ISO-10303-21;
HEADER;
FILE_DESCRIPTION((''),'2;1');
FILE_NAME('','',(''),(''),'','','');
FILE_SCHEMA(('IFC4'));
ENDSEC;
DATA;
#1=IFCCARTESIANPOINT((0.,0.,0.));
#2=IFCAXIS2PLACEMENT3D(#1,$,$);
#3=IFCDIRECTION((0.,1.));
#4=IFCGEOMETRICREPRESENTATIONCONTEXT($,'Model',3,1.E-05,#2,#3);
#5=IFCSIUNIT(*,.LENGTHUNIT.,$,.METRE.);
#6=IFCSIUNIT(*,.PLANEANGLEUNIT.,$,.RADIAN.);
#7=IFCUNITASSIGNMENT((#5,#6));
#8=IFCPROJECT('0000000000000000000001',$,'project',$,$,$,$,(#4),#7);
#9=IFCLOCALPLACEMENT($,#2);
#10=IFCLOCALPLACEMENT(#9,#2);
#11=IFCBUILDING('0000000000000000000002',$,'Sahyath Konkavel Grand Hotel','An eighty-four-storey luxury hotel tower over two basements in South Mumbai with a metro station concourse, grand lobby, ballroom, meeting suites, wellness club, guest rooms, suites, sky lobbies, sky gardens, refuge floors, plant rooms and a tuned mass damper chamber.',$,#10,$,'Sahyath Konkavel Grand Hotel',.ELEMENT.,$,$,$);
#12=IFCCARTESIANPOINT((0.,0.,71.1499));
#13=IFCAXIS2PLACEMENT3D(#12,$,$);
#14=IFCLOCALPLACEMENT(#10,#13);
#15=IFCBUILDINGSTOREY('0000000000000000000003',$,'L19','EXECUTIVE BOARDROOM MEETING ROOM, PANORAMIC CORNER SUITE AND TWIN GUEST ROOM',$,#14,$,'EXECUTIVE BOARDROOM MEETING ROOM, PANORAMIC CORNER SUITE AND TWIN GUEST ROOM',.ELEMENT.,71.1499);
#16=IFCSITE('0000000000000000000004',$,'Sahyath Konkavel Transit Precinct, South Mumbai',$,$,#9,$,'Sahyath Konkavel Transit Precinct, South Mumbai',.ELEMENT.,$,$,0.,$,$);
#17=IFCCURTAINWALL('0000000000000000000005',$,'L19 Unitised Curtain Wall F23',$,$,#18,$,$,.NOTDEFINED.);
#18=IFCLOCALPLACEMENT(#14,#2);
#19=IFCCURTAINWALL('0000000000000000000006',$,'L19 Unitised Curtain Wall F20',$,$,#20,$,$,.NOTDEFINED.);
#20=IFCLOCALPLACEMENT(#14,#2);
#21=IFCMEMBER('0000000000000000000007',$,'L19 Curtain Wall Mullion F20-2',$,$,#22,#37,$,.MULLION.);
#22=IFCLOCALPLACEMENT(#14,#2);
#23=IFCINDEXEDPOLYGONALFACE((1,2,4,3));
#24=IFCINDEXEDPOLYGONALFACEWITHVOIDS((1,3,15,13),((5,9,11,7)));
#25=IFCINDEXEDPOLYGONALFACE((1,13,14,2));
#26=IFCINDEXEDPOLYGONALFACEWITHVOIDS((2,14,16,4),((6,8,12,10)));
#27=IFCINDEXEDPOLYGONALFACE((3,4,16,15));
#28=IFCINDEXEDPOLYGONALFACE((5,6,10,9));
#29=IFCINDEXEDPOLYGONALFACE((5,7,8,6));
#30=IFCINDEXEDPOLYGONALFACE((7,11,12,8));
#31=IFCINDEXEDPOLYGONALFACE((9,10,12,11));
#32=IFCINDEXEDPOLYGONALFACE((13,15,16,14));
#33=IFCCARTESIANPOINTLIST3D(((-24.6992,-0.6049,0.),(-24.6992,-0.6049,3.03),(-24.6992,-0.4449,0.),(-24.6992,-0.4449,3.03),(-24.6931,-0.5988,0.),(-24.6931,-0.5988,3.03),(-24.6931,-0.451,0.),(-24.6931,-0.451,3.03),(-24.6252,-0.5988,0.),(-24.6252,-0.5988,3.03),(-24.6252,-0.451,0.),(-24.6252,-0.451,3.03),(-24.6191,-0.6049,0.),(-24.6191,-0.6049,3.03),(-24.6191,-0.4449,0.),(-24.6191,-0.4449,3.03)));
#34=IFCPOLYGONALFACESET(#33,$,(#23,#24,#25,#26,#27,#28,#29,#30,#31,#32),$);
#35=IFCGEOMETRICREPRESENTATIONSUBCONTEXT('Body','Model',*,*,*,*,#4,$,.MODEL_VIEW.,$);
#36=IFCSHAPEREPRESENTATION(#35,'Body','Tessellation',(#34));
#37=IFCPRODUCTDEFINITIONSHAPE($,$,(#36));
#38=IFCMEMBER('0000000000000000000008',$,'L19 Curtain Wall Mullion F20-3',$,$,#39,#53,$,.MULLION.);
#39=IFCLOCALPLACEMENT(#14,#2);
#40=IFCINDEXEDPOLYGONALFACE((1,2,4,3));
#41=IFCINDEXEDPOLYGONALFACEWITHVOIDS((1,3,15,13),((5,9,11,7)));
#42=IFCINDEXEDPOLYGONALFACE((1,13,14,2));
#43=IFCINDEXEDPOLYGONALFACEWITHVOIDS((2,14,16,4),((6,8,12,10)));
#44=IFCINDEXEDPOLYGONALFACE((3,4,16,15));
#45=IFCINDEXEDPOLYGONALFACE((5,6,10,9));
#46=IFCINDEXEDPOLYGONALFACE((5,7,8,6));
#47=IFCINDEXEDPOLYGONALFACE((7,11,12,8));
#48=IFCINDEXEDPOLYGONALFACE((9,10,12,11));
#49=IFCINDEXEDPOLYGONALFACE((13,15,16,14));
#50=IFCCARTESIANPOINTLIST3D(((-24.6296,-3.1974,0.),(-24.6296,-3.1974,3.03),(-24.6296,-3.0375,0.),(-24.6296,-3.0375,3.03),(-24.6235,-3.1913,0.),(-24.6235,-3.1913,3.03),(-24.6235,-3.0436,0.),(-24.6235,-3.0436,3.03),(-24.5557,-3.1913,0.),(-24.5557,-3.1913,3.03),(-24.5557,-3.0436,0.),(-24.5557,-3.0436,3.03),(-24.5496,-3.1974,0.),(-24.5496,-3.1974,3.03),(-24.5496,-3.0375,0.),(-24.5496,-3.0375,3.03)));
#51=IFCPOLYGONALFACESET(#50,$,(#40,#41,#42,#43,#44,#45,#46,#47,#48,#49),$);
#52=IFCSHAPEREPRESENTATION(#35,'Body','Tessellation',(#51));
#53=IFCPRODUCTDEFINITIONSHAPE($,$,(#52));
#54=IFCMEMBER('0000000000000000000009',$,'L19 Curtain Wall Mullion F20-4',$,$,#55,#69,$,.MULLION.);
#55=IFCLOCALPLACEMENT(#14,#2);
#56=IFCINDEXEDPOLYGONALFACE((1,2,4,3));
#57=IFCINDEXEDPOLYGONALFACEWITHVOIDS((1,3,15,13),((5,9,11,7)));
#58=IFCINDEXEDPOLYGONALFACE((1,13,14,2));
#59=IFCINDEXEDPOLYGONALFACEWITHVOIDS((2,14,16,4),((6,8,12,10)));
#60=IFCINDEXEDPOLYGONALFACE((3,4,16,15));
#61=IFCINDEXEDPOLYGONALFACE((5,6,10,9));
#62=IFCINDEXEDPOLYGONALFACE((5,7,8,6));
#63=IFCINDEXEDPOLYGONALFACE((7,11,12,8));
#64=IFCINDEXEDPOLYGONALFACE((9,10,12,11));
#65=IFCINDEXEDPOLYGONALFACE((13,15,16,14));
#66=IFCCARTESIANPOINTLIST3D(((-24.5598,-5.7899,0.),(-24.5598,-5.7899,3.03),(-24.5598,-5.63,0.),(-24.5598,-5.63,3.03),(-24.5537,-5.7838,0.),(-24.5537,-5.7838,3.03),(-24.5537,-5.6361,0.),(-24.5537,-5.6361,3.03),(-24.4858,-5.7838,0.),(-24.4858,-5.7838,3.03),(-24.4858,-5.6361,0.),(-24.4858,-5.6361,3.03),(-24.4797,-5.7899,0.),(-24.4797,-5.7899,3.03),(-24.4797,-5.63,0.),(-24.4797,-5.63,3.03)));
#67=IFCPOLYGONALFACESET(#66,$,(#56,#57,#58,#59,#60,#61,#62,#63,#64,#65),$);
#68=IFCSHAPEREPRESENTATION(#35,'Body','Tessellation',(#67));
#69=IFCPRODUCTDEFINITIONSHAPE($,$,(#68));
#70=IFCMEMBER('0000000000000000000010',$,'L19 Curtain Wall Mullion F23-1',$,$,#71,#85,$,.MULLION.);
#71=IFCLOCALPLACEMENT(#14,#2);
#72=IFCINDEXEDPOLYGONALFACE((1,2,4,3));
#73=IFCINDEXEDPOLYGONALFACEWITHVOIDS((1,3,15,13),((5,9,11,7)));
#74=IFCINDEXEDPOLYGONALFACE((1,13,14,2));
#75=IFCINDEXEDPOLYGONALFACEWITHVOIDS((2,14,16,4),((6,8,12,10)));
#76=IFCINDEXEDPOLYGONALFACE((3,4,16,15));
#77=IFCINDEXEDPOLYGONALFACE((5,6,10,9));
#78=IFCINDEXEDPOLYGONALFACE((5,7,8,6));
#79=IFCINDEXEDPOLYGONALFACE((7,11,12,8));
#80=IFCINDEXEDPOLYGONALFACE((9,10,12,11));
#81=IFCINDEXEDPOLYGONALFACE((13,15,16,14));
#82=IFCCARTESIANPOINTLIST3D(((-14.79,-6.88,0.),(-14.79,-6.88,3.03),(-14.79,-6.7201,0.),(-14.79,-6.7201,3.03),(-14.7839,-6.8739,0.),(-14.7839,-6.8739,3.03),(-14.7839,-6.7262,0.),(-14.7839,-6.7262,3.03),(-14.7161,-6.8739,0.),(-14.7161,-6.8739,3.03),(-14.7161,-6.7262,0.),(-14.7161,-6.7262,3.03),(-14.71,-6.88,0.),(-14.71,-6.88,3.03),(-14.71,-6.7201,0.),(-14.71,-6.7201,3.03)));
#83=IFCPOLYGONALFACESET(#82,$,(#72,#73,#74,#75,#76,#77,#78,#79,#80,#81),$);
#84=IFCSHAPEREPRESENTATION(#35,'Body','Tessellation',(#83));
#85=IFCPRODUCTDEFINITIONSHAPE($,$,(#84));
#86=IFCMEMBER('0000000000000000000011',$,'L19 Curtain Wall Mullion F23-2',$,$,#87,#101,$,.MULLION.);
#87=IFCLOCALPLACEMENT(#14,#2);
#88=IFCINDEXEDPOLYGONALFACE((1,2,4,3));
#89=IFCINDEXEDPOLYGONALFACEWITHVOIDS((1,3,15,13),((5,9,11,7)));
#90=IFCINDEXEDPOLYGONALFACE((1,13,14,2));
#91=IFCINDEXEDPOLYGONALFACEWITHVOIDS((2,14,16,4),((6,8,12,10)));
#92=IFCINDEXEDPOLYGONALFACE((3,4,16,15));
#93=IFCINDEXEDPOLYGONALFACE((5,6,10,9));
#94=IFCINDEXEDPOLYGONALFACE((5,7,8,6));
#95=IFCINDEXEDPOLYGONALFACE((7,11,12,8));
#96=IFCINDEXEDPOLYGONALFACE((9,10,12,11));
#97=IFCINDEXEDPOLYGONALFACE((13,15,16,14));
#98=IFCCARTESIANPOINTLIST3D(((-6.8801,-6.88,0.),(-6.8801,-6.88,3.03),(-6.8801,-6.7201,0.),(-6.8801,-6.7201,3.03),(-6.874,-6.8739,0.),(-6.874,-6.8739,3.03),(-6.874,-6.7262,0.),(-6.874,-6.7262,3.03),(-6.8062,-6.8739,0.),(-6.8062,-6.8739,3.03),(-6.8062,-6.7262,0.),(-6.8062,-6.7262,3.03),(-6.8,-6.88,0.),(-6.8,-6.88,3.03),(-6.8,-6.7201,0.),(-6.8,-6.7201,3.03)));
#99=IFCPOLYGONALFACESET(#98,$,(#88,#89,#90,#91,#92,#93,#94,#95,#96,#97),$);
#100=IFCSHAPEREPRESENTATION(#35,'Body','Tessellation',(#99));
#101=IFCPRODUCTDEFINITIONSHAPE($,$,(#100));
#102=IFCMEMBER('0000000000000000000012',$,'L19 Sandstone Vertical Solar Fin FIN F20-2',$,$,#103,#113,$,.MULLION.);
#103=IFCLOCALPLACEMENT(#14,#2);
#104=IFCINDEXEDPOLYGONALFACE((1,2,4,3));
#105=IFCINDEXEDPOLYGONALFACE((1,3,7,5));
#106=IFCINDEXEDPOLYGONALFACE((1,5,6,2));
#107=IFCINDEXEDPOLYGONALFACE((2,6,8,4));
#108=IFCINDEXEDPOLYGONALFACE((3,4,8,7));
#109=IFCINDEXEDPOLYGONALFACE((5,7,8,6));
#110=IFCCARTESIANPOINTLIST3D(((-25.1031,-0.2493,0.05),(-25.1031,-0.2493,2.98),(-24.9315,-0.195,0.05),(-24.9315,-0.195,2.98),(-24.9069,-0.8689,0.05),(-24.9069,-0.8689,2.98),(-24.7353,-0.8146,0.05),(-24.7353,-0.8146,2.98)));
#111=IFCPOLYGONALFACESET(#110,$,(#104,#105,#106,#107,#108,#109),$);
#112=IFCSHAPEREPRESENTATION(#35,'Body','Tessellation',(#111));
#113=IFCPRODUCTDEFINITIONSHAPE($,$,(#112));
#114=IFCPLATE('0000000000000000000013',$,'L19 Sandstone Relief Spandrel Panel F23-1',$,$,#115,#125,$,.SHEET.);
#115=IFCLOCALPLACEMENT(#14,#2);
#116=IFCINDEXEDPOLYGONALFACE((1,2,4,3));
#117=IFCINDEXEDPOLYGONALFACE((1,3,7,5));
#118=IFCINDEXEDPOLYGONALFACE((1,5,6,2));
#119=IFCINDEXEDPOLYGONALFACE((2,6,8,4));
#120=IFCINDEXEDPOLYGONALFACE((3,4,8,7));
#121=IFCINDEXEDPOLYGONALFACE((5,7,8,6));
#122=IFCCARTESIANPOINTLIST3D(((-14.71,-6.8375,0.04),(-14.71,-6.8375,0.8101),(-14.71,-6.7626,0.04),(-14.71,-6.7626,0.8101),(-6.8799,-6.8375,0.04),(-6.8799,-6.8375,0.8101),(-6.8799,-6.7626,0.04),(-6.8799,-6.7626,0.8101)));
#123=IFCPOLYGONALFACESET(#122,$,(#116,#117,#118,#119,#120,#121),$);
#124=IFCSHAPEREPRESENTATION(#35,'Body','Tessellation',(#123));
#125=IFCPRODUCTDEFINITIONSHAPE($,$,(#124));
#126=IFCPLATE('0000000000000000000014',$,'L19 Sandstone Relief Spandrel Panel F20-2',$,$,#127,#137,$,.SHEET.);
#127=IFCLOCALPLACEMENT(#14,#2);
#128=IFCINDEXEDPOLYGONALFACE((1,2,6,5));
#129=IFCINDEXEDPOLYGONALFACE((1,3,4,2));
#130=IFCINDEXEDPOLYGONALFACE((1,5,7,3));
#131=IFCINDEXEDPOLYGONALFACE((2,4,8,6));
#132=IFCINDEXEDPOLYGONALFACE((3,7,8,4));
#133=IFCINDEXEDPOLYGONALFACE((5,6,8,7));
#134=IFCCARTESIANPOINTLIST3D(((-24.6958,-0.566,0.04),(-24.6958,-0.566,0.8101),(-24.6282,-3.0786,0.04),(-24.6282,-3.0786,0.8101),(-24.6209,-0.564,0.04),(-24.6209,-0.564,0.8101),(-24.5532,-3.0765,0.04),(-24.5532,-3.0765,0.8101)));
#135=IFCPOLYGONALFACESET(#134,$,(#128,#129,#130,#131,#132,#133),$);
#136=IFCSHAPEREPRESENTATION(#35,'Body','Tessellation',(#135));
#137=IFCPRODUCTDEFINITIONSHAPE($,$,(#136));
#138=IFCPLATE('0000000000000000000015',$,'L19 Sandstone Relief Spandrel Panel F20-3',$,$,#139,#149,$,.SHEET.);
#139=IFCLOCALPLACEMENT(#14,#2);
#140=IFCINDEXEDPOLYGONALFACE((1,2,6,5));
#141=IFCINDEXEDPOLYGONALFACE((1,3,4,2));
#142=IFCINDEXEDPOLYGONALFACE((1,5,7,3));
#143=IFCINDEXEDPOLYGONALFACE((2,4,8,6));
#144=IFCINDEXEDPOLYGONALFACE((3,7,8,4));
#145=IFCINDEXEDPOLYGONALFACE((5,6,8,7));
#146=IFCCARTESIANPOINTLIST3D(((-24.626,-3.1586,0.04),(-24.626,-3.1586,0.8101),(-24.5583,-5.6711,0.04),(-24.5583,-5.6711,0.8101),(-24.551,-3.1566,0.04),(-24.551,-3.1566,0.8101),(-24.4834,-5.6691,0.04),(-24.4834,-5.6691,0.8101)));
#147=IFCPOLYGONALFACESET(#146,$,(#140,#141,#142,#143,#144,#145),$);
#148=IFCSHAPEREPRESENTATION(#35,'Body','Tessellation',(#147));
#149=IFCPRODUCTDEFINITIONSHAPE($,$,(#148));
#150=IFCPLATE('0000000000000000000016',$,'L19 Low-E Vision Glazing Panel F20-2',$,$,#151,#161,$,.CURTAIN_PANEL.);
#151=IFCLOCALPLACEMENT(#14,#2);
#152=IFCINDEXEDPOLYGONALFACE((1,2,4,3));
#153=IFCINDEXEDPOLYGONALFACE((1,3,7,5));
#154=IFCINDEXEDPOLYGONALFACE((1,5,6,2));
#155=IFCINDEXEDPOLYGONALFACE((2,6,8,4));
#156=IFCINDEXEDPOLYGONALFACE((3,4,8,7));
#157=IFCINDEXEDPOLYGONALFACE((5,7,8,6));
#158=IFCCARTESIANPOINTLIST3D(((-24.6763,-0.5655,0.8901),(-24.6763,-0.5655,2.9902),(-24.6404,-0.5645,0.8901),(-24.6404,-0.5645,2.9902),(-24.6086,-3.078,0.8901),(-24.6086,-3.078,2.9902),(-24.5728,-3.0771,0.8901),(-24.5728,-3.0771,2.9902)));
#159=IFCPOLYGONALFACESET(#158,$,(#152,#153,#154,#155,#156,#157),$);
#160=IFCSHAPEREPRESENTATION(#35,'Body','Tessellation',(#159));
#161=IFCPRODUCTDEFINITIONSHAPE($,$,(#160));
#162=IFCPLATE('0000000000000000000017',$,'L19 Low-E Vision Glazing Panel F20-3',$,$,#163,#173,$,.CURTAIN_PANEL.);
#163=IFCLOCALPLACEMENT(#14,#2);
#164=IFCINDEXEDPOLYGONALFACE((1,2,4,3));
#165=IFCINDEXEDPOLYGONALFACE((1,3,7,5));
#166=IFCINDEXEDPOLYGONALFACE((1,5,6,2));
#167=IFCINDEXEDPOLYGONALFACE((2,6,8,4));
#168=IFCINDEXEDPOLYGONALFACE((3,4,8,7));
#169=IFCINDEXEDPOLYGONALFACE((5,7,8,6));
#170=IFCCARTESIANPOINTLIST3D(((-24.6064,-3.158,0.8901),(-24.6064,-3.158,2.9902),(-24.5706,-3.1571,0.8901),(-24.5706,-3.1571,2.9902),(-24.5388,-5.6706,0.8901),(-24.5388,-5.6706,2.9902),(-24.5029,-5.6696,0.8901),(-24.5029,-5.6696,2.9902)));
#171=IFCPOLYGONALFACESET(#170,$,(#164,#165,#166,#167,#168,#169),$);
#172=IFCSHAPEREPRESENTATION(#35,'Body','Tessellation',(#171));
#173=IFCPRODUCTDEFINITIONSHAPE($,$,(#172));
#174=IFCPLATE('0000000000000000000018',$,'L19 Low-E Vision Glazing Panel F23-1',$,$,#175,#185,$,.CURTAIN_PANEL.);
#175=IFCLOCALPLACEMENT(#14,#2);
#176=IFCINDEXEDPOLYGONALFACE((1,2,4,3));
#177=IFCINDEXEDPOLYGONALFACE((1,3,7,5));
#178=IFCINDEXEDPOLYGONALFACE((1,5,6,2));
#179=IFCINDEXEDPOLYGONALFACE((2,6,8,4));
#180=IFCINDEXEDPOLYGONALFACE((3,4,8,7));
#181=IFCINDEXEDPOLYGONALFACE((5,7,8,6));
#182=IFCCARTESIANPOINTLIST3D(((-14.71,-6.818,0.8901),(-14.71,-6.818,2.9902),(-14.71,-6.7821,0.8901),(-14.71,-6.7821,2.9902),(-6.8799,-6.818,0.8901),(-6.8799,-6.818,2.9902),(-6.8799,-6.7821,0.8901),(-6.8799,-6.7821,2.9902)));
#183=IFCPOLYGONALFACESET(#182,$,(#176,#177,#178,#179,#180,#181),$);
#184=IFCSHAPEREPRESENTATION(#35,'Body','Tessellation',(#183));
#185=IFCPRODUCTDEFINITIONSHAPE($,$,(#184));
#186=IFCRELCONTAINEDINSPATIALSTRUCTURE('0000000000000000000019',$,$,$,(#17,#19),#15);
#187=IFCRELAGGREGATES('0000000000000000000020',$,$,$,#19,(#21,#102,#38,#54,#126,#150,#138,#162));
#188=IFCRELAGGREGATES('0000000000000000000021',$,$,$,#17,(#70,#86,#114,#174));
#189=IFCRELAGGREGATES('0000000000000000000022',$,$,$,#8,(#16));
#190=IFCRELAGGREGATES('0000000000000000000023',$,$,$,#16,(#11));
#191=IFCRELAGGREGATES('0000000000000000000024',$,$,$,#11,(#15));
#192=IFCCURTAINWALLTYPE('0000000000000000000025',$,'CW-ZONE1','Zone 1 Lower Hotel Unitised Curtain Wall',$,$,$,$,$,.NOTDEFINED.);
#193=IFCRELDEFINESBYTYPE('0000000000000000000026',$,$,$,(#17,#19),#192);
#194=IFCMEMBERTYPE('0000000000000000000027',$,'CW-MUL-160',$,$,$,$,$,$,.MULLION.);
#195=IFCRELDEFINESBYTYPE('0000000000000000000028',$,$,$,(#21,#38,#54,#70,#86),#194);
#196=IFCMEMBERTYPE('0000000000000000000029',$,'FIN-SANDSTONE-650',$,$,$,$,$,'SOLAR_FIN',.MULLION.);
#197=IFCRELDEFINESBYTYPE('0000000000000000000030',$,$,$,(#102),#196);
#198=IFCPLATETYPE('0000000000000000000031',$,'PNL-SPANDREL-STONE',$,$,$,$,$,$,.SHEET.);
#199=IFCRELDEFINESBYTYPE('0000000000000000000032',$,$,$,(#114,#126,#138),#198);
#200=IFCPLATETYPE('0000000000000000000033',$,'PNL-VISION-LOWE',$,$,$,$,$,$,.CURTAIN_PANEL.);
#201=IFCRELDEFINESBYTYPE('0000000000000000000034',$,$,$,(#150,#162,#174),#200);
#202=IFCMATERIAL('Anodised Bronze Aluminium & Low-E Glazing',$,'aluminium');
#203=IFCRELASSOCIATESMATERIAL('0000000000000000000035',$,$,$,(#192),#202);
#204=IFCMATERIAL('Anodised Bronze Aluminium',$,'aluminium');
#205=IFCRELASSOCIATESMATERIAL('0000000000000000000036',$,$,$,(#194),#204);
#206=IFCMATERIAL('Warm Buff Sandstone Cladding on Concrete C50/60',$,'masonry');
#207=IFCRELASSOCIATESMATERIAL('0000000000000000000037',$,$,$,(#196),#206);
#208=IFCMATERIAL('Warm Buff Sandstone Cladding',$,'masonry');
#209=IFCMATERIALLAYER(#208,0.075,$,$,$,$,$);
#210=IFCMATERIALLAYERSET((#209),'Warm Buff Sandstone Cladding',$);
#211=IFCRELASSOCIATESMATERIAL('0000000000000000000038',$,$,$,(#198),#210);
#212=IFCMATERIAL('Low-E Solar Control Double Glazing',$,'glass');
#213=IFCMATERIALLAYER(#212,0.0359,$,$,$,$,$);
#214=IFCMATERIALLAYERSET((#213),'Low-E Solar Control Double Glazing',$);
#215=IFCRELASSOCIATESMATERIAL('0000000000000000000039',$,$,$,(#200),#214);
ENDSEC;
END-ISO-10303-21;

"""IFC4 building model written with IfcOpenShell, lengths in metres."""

from ifc_helpers import new_model, si_unit, direction, frame, origin, origin_2d, place, context, subcontext, project, spatial, rectangle, hollow_rectangle, extrude, source, transform, mapped, material, layer, layer_set, material_profile, profile_set, type_object, element, aggregate, save


model = new_model("IFC4")

# Units and contexts
model_context = context("Model", 3, precision=1e-05, world=origin(), true_north=direction((0.0, 1.0)))
body_context = subcontext(model_context, "Body", "Model", "MODEL_VIEW")
ifc_project = project(units=[si_unit("LENGTHUNIT", "METRE"), si_unit("PLANEANGLEUNIT", "RADIAN")], contexts=[model_context])

# Site, building, storey
site_placement = place(None, origin())
site = spatial("IfcSite", under=ifc_project, at=site_placement, Name="Sahyath Konkavel Transit Precinct, South Mumbai", LongName="Sahyath Konkavel Transit Precinct, South Mumbai", CompositionType="ELEMENT", RefElevation=0.0)
building_placement = place(site_placement, origin())
building = spatial("IfcBuilding", under=site, at=building_placement, Name="Sahyath Konkavel Grand Hotel", Description="An eighty-four-storey luxury hotel tower over two basements in South Mumbai with a metro station concourse, grand lobby, ballroom, meeting suites, wellness club, guest rooms, suites, sky lobbies, sky gardens, refuge floors, plant rooms and a tuned mass damper chamber.", LongName="Sahyath Konkavel Grand Hotel", CompositionType="ELEMENT")
storey_placement = place(building_placement, frame((0.0, 0.0, 71.1499)))
storey = spatial("IfcBuildingStorey", under=building, at=storey_placement, Name="L19", Description="EXECUTIVE BOARDROOM MEETING ROOM, PANORAMIC CORNER SUITE AND TWIN GUEST ROOM", LongName="EXECUTIVE BOARDROOM MEETING ROOM, PANORAMIC CORNER SUITE AND TWIN GUEST ROOM", CompositionType="ELEMENT", Elevation=71.1499)

# Curtain wall
ifc_material_1 = material(Name="Anodised Bronze Aluminium & Low-E Glazing", Category="aluminium")
curtain_wall_type = type_object("IfcCurtainWallType", Name="CW-ZONE1", Description="Zone 1 Lower Hotel Unitised Curtain Wall", PredefinedType="NOTDEFINED", material=ifc_material_1)
curtain_wall_1_placement = place(storey_placement, origin())
curtain_wall_1 = element("IfcCurtainWall", 1, at=curtain_wall_1_placement, inside=storey, type_object=curtain_wall_type, Name="L19 Unitised Curtain Wall F23", PredefinedType="NOTDEFINED")
ifc_material_2 = material(Name="Anodised Bronze Aluminium", Category="aluminium")

# Curtain wall
curtain_wall_2_placement = place(storey_placement, origin())
curtain_wall_2 = element("IfcCurtainWall", 2, at=curtain_wall_2_placement, inside=storey, type_object=curtain_wall_type, Name="L19 Unitised Curtain Wall F20", PredefinedType="NOTDEFINED")

# Members
ifc_material_profile_1 = material_profile(ifc_material_2, hollow_rectangle(XDim=0.0801, YDim=0.1599, WallThickness=0.0061, at=origin_2d()), Name="RHS 160x80x6")
ifc_profile_set_1 = profile_set([ifc_material_profile_1], Name="Anodised Bronze Aluminium")
member_type_1 = type_object("IfcMemberType", Name="CW-MUL-160", PredefinedType="MULLION", material=ifc_profile_set_1)
shared_shape_1 = source(origin(), body_context, "Body", "SweptSolid", [
    extrude(hollow_rectangle(XDim=0.0801, YDim=0.1599, WallThickness=0.0061, at=origin_2d()), origin(), (0.0, 0.0, 1.0), 3.03),
])
member_1_placement = place(storey_placement, frame((-24.6592, -0.5249, 0.0), z_axis=(0.0, 0.0, 1.0), x_axis=(1.0, 0.0, 0.0)))
member_1 = element("IfcMember", 3, at=member_1_placement, type_object=member_type_1, Name="L19 Curtain Wall Mullion F20-2", PredefinedType="MULLION", context=body_context, shape_type="MappedRepresentation", body=[
    mapped(shared_shape_1, transform((0.0, 0.0, 0.0), scale=1.0)),
])
member_2_placement = place(storey_placement, frame((-24.5896, -3.1174, 0.0), z_axis=(0.0, 0.0, 1.0), x_axis=(1.0, 0.0, 0.0)))
member_2 = element("IfcMember", 4, at=member_2_placement, type_object=member_type_1, Name="L19 Curtain Wall Mullion F20-3", PredefinedType="MULLION", context=body_context, shape_type="MappedRepresentation", body=[
    mapped(shared_shape_1, transform((0.0, 0.0, 0.0), scale=1.0)),
])
member_3_placement = place(storey_placement, frame((-24.5198, -5.71, 0.0), z_axis=(0.0, 0.0, 1.0), x_axis=(1.0, 0.0, 0.0)))
member_3 = element("IfcMember", 5, at=member_3_placement, type_object=member_type_1, Name="L19 Curtain Wall Mullion F20-4", PredefinedType="MULLION", context=body_context, shape_type="MappedRepresentation", body=[
    mapped(shared_shape_1, transform((0.0, 0.0, 0.0), scale=1.0)),
])
member_4_placement = place(storey_placement, frame((-14.75, -6.8, 0.0), z_axis=(0.0, 0.0, 1.0), x_axis=(1.0, 0.0, 0.0)))
member_4 = element("IfcMember", 6, at=member_4_placement, type_object=member_type_1, Name="L19 Curtain Wall Mullion F23-1", PredefinedType="MULLION", context=body_context, shape_type="MappedRepresentation", body=[
    mapped(shared_shape_1, transform((0.0, 0.0, 0.0), scale=1.0)),
])
member_5_placement = place(storey_placement, frame((-6.8401, -6.8, 0.0), z_axis=(0.0, 0.0, 1.0), x_axis=(1.0, 0.0, 0.0)))
member_5 = element("IfcMember", 7, at=member_5_placement, type_object=member_type_1, Name="L19 Curtain Wall Mullion F23-2", PredefinedType="MULLION", context=body_context, shape_type="MappedRepresentation", body=[
    mapped(shared_shape_1, transform((0.0, 0.0, 0.0), scale=1.0)),
])
ifc_material_3 = material(Name="Warm Buff Sandstone Cladding on Concrete C50/60", Category="masonry")
ifc_material_profile_2 = material_profile(ifc_material_3, rectangle(XDim=0.1799, YDim=0.6499, at=origin_2d()), Name="FIN 180x650")
ifc_profile_set_2 = profile_set([ifc_material_profile_2], Name="Warm Buff Sandstone Cladding on Concrete C50/60")
member_type_2 = type_object("IfcMemberType", Name="FIN-SANDSTONE-650", ElementType="SOLAR_FIN", PredefinedType="MULLION", material=ifc_profile_set_2)
shared_shape_2 = source(origin(), body_context, "Body", "SweptSolid", [
    extrude(rectangle(XDim=0.1799, YDim=0.6499, at=origin_2d()), origin(), (0.0, 0.0, 1.0), 2.9299),
])
member_6_placement = place(storey_placement, frame((-24.9192, -0.532, 0.05), z_axis=(0.0, 0.0, 1.0), x_axis=(0.953349, 0.301871, 0.0)))
member_6 = element("IfcMember", 8, at=member_6_placement, type_object=member_type_2, Name="L19 Sandstone Vertical Solar Fin FIN F20-2", PredefinedType="MULLION", context=body_context, shape_type="MappedRepresentation", body=[
    mapped(shared_shape_2, transform((0.0, 0.0, 0.0), scale=1.0)),
])

# Plates
ifc_material_4 = material(Name="Warm Buff Sandstone Cladding", Category="masonry")
ifc_layer_1 = layer(ifc_material_4, 0.075)
ifc_layer_set_1 = layer_set([ifc_layer_1], Name="Warm Buff Sandstone Cladding")
plate_type_1 = type_object("IfcPlateType", Name="PNL-SPANDREL-STONE", PredefinedType="SHEET", material=ifc_layer_set_1)
shared_shape_3 = source(origin(), body_context, "Body", "SweptSolid", [
    extrude(rectangle(XDim=7.8301, YDim=0.075, at=origin_2d()), origin(), (0.0, 0.0, 1.0), 0.77),
])
plate_1_placement = place(storey_placement, frame((-10.7949, -6.8, 0.04), z_axis=(0.0, 0.0, 1.0), x_axis=(1.0, 0.0, 0.0)))
plate_1 = element("IfcPlate", 9, at=plate_1_placement, type_object=plate_type_1, Name="L19 Sandstone Relief Spandrel Panel F23-1", PredefinedType="SHEET", context=body_context, shape_type="MappedRepresentation", body=[
    mapped(shared_shape_3, transform((0.0, 0.0, 0.0), scale=1.0)),
])
shared_shape_4 = source(origin(), body_context, "Body", "SweptSolid", [
    extrude(rectangle(XDim=2.5134, YDim=0.075, at=origin_2d()), origin(), (0.0, 0.0, 1.0), 0.77),
])
plate_2_placement = place(storey_placement, frame((-24.6245, -1.8213, 0.04), z_axis=(0.0, 0.0, 1.0), x_axis=(0.02691, -0.999638, 0.0)))
plate_2 = element("IfcPlate", 10, at=plate_2_placement, type_object=plate_type_1, Name="L19 Sandstone Relief Spandrel Panel F20-2", PredefinedType="SHEET", context=body_context, shape_type="MappedRepresentation", body=[
    mapped(shared_shape_4, transform((0.0, 0.0, 0.0), scale=1.0)),
])
plate_3_placement = place(storey_placement, frame((-24.5547, -4.4138, 0.04), z_axis=(0.0, 0.0, 1.0), x_axis=(0.02691, -0.999638, 0.0)))
plate_3 = element("IfcPlate", 11, at=plate_3_placement, type_object=plate_type_1, Name="L19 Sandstone Relief Spandrel Panel F20-3", PredefinedType="SHEET", context=body_context, shape_type="MappedRepresentation", body=[
    mapped(shared_shape_4, transform((0.0, 0.0, 0.0), scale=1.0)),
])
ifc_material_5 = material(Name="Low-E Solar Control Double Glazing", Category="glass")
ifc_layer_2 = layer(ifc_material_5, 0.0359)
ifc_layer_set_2 = layer_set([ifc_layer_2], Name="Low-E Solar Control Double Glazing")
plate_type_2 = type_object("IfcPlateType", Name="PNL-VISION-LOWE", PredefinedType="CURTAIN_PANEL", material=ifc_layer_set_2)
shared_shape_5 = source(origin(), body_context, "Body", "SweptSolid", [
    extrude(rectangle(XDim=2.5134, YDim=0.0359, at=origin_2d()), origin(), (0.0, 0.0, 1.0), 2.1001),
])
plate_4_placement = place(storey_placement, frame((-24.6245, -1.8213, 0.8901), z_axis=(0.0, 0.0, 1.0), x_axis=(0.02691, -0.999638, 0.0)))
plate_4 = element("IfcPlate", 12, at=plate_4_placement, type_object=plate_type_2, Name="L19 Low-E Vision Glazing Panel F20-2", PredefinedType="CURTAIN_PANEL", context=body_context, shape_type="MappedRepresentation", body=[
    mapped(shared_shape_5, transform((0.0, 0.0, 0.0), scale=1.0)),
])
plate_5_placement = place(storey_placement, frame((-24.5547, -4.4138, 0.8901), z_axis=(0.0, 0.0, 1.0), x_axis=(0.02691, -0.999638, 0.0)))
plate_5 = element("IfcPlate", 13, at=plate_5_placement, type_object=plate_type_2, Name="L19 Low-E Vision Glazing Panel F20-3", PredefinedType="CURTAIN_PANEL", context=body_context, shape_type="MappedRepresentation", body=[
    mapped(shared_shape_5, transform((0.0, 0.0, 0.0), scale=1.0)),
])
aggregate(curtain_wall_2, [member_1, member_6, member_2, member_3, plate_2, plate_4, plate_3, plate_5])
shared_shape_6 = source(origin(), body_context, "Body", "SweptSolid", [
    extrude(rectangle(XDim=7.8301, YDim=0.0359, at=origin_2d()), origin(), (0.0, 0.0, 1.0), 2.1001),
])
plate_6_placement = place(storey_placement, frame((-10.7949, -6.8, 0.8901), z_axis=(0.0, 0.0, 1.0), x_axis=(1.0, 0.0, 0.0)))
plate_6 = element("IfcPlate", 14, at=plate_6_placement, type_object=plate_type_2, Name="L19 Low-E Vision Glazing Panel F23-1", PredefinedType="CURTAIN_PANEL", context=body_context, shape_type="MappedRepresentation", body=[
    mapped(shared_shape_6, transform((0.0, 0.0, 0.0), scale=1.0)),
])
aggregate(curtain_wall_1, [member_4, member_5, plate_1, plate_6])

save(model, "model.ifc")
